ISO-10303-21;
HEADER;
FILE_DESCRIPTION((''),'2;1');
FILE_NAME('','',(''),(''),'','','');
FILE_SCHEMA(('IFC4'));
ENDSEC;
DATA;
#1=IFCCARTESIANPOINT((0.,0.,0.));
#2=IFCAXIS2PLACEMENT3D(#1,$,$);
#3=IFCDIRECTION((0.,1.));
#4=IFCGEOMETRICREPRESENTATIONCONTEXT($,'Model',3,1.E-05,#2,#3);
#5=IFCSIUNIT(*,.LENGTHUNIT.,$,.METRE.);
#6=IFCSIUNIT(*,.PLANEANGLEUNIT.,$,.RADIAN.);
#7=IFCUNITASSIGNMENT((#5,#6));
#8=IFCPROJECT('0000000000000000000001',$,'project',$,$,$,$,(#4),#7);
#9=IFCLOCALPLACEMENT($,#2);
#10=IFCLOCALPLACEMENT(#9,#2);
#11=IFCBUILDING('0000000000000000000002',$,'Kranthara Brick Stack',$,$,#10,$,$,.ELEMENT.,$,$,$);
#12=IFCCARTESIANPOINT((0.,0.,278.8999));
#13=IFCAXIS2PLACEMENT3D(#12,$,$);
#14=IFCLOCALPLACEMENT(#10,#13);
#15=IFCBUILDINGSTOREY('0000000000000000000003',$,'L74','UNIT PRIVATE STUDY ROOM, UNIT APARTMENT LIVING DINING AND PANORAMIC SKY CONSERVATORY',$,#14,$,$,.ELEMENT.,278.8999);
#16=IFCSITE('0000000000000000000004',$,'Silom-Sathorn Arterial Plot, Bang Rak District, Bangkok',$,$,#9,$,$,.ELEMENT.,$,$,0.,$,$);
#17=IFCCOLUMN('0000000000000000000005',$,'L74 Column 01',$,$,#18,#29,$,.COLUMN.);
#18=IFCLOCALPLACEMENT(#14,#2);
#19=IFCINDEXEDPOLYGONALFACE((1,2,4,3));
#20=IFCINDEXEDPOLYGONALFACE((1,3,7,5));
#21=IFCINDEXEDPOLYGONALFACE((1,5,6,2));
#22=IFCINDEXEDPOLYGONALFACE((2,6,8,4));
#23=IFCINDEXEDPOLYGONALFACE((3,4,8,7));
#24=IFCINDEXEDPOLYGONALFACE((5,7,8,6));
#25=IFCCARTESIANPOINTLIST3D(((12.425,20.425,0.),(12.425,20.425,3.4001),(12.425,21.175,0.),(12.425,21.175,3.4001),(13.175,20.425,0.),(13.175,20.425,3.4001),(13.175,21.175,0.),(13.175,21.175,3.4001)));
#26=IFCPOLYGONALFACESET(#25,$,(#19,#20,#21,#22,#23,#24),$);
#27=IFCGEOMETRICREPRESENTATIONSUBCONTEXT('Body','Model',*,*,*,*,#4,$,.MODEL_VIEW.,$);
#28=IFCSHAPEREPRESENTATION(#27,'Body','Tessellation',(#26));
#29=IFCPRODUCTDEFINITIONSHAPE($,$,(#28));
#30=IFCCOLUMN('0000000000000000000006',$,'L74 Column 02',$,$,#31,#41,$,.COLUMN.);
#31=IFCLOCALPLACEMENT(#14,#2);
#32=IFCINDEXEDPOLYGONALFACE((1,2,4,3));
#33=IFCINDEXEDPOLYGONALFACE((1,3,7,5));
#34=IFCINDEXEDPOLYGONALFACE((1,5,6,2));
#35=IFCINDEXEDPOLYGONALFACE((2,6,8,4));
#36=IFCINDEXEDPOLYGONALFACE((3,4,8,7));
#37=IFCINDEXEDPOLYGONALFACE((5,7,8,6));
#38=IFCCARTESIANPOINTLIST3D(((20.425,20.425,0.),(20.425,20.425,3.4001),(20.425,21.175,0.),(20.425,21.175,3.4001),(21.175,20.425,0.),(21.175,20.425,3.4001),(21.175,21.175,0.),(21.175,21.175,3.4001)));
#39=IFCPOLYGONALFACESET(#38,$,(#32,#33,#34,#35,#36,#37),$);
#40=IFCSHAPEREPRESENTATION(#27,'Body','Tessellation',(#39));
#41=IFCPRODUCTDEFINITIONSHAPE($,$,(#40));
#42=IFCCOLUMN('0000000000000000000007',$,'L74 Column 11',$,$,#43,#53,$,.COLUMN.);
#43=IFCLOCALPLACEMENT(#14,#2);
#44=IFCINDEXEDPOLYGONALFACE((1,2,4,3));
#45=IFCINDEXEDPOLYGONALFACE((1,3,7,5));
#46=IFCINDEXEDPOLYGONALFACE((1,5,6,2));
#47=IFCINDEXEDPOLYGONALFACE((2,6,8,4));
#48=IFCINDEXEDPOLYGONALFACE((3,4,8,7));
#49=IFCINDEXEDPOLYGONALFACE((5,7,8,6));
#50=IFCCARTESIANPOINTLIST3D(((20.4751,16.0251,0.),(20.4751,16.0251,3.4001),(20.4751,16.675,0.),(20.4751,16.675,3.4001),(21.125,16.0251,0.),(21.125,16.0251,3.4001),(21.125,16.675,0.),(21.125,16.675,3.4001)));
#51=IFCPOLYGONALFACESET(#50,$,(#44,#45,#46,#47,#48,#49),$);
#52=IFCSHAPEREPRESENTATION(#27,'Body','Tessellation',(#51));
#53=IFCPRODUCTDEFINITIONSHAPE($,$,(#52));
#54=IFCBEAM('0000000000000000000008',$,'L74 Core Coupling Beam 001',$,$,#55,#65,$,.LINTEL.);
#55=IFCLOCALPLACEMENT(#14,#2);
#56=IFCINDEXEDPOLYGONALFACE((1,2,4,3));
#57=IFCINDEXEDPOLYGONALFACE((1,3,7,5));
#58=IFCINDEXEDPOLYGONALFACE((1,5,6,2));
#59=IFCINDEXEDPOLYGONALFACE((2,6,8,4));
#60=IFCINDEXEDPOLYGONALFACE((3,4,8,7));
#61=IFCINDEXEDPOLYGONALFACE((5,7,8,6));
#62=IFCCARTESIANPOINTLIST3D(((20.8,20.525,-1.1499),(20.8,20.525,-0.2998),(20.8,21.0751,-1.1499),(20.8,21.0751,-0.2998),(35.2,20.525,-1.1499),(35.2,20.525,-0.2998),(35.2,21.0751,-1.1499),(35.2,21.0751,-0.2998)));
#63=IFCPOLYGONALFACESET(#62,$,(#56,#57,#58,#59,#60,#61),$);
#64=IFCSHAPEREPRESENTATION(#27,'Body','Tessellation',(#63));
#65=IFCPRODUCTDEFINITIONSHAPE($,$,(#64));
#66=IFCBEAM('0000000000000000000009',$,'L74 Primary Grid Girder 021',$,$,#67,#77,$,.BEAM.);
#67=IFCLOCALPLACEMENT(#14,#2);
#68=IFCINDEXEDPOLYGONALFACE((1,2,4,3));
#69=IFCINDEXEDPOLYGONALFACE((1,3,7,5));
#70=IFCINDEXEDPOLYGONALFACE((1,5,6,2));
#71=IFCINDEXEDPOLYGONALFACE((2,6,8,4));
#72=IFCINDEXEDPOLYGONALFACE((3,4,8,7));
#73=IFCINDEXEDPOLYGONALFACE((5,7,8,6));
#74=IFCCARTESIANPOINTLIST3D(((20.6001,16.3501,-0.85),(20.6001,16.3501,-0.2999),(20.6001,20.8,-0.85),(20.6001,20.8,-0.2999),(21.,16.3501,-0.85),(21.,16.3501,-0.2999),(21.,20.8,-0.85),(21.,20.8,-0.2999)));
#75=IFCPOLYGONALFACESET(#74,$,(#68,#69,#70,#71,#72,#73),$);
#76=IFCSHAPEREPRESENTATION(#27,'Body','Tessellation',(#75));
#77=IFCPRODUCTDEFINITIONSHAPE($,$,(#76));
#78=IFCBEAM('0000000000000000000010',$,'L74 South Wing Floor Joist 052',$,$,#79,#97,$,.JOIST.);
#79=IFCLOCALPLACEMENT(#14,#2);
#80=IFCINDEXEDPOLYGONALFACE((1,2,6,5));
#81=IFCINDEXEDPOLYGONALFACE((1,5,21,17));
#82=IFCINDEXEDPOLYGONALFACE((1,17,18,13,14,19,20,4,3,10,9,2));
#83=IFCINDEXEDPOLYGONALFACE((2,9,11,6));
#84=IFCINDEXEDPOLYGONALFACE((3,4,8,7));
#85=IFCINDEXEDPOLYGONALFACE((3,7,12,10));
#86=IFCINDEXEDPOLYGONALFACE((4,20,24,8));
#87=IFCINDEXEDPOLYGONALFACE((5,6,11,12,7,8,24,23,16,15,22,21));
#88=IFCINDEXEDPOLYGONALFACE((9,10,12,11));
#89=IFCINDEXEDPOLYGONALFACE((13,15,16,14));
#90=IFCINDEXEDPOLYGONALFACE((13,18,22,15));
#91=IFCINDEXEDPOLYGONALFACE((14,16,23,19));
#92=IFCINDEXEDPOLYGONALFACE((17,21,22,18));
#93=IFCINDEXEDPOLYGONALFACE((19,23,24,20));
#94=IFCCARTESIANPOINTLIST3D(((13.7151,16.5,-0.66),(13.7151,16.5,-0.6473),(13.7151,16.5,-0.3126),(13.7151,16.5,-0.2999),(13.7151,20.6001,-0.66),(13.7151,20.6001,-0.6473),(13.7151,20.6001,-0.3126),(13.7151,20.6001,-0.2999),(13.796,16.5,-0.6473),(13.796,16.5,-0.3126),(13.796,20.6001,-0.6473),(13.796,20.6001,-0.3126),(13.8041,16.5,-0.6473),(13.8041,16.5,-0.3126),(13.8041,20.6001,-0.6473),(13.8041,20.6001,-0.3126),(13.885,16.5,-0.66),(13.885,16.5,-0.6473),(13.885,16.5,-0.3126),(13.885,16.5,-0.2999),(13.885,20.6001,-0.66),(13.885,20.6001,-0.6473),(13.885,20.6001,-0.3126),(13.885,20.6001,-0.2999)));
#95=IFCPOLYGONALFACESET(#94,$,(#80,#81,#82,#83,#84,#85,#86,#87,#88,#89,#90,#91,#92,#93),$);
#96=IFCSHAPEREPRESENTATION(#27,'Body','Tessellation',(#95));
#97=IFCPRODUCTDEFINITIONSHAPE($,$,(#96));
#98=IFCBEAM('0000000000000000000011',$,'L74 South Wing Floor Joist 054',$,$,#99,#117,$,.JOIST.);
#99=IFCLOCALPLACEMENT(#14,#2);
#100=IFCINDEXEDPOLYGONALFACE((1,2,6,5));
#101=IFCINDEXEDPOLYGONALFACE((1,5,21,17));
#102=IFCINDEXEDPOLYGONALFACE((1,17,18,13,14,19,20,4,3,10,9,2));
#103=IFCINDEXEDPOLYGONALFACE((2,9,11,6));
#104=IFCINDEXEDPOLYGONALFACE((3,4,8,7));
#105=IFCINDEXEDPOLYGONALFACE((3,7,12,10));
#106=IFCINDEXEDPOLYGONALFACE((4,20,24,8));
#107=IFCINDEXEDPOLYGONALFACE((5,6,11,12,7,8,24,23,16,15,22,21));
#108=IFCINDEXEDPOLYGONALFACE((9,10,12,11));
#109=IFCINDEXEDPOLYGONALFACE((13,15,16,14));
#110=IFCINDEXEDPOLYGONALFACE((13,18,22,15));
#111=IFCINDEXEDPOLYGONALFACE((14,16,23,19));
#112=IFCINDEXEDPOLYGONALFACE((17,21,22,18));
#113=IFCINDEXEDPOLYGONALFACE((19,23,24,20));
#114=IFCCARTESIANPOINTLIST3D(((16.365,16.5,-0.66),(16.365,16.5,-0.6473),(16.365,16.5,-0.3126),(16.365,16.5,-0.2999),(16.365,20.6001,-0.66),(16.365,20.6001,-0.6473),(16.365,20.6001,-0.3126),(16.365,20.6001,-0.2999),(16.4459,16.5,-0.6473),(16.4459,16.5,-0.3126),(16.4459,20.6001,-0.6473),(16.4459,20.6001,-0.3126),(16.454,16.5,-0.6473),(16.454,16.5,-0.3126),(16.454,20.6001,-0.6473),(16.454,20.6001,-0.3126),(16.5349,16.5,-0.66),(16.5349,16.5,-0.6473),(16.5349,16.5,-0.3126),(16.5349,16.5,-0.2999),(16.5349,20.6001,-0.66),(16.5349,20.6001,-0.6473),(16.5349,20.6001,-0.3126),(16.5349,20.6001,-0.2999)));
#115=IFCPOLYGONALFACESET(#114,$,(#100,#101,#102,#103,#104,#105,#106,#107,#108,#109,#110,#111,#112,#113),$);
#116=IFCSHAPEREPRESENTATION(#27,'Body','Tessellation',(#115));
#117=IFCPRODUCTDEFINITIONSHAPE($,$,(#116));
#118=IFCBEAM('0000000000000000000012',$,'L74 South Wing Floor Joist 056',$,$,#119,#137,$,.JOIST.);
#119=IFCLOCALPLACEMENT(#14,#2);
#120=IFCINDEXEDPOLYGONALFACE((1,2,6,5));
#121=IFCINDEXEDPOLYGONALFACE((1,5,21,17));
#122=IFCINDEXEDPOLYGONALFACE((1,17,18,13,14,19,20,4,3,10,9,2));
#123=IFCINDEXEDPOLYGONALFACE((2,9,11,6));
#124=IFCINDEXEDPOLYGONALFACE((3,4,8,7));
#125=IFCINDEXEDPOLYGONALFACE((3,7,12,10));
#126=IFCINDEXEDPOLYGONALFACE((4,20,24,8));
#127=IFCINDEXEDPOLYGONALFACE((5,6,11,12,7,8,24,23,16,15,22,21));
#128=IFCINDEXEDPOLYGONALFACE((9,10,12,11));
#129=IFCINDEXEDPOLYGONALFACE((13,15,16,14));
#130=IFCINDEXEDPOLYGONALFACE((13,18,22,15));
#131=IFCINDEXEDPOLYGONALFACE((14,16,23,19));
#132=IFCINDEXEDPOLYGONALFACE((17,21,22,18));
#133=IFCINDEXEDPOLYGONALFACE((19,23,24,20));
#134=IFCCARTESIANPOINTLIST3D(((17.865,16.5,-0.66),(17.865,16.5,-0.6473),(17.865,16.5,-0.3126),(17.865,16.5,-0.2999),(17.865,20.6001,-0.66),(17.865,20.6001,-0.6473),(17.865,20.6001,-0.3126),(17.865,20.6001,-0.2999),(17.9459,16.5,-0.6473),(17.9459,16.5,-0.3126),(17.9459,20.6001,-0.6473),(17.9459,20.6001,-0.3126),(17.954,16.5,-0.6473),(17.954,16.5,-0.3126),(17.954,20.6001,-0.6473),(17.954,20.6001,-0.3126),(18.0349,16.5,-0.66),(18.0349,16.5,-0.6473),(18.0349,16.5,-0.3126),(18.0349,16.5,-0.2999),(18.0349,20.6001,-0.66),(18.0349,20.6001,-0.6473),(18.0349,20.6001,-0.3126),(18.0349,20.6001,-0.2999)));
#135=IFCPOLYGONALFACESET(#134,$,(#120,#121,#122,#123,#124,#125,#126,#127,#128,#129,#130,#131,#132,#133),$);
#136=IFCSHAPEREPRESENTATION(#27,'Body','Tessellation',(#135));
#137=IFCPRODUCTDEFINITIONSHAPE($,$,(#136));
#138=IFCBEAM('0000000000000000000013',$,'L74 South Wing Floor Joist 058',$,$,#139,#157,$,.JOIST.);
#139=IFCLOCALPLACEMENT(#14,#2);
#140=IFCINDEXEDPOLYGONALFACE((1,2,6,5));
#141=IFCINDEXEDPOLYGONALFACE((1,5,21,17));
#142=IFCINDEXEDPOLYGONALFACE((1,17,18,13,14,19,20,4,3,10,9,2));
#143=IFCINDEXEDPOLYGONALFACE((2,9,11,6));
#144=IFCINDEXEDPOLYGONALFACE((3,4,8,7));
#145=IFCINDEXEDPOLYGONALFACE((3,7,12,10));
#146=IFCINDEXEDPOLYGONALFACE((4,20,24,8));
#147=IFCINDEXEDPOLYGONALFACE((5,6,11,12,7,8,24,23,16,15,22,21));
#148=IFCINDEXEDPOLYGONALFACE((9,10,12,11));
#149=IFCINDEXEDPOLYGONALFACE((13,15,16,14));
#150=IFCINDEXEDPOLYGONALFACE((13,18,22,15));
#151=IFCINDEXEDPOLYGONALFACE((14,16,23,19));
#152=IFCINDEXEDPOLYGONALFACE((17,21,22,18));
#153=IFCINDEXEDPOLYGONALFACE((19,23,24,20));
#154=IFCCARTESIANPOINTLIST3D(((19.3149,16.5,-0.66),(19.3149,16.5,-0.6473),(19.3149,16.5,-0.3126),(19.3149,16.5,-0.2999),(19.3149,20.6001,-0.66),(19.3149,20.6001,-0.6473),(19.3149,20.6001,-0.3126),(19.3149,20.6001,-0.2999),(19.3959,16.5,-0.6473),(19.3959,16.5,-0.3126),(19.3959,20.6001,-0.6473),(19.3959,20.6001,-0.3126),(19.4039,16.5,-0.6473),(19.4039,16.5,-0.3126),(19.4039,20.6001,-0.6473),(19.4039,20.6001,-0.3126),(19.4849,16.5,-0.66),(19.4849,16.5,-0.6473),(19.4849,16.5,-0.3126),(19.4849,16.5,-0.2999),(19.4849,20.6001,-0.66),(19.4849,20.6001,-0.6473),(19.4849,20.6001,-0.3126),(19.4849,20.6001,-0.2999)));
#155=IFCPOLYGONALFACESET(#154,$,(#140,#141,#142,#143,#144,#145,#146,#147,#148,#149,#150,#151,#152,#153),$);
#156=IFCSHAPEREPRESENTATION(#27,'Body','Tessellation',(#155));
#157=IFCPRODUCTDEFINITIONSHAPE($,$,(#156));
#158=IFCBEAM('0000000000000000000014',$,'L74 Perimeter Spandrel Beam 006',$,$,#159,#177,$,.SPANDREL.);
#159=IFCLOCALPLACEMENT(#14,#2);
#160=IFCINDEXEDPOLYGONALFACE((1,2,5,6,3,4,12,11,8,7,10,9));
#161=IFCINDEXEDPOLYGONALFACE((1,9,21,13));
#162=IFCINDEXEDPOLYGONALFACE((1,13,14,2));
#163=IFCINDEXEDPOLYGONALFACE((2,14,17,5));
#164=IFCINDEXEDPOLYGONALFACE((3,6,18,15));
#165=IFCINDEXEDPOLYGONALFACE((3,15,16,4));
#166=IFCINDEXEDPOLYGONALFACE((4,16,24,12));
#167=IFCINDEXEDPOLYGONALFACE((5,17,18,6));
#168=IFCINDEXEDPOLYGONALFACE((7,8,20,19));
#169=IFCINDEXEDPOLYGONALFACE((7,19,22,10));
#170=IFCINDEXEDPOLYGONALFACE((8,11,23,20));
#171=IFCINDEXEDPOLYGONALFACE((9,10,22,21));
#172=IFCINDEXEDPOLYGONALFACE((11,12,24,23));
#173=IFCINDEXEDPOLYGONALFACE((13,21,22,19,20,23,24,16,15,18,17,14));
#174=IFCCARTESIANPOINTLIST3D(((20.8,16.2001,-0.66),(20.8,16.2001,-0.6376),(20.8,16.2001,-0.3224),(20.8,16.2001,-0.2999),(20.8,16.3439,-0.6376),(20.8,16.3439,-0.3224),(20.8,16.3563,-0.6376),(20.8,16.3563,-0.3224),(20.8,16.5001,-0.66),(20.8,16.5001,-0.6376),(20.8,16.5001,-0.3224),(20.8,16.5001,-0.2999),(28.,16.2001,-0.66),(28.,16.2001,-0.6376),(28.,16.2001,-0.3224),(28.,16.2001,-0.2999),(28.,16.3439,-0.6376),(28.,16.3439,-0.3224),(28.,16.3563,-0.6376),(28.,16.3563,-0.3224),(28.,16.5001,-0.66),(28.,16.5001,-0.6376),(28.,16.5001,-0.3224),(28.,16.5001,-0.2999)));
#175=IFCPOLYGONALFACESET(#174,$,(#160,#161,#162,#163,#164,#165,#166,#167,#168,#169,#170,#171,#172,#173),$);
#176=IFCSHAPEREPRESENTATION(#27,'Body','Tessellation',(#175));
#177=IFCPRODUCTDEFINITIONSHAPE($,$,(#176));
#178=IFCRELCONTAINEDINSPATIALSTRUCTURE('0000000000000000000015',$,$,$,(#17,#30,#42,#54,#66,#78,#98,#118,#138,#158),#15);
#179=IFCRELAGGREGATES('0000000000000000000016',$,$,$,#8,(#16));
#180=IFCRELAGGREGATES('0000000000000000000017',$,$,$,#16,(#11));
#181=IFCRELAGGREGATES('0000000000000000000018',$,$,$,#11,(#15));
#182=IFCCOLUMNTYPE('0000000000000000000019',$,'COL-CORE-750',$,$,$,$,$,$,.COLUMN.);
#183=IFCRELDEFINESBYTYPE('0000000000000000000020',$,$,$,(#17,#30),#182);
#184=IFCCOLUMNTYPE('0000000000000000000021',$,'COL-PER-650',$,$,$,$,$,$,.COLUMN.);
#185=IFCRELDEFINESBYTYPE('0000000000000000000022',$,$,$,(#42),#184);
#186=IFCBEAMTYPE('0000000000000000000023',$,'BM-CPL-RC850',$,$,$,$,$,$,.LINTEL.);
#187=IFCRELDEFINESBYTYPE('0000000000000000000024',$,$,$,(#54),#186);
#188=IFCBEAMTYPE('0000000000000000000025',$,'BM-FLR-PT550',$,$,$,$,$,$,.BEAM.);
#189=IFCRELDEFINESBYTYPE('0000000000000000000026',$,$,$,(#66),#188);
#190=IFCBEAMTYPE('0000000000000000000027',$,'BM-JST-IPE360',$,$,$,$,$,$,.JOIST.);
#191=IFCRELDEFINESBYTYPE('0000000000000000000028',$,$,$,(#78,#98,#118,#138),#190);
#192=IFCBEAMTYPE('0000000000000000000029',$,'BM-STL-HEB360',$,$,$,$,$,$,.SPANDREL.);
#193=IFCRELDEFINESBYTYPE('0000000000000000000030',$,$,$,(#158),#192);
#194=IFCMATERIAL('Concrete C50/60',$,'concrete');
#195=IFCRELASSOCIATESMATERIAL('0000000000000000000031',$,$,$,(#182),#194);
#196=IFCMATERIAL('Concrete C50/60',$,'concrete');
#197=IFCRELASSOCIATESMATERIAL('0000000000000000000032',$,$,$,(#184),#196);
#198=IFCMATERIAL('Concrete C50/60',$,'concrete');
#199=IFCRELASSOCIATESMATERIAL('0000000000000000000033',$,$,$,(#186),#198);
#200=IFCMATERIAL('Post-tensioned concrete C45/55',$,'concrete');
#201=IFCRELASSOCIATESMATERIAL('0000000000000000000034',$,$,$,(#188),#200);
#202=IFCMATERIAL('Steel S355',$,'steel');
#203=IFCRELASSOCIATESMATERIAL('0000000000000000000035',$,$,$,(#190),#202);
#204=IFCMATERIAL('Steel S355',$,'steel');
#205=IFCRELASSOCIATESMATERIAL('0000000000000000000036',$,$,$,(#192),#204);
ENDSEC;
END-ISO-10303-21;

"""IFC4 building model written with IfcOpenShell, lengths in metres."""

from ifc_helpers import new_model, si_unit, direction, frame, origin, origin_2d, place, context, subcontext, project, spatial, rectangle, i_section, extrude, material, material_profile, profile_set, type_object, element, save


model = new_model("IFC4")

# Units and contexts
model_context = context("Model", 3, precision=1e-05, world=origin(), true_north=direction((0.0, 1.0)))
body_context = subcontext(model_context, "Body", "Model", "MODEL_VIEW")
ifc_project = project(units=[si_unit("LENGTHUNIT", "METRE"), si_unit("PLANEANGLEUNIT", "RADIAN")], contexts=[model_context])

# Site, building, storey
site_placement = place(None, origin())
site = spatial("IfcSite", under=ifc_project, at=site_placement, Name="Silom-Sathorn Arterial Plot, Bang Rak District, Bangkok", CompositionType="ELEMENT", RefElevation=0.0)
building_placement = place(site_placement, origin())
building = spatial("IfcBuilding", under=site, at=building_placement, Name="Kranthara Brick Stack", CompositionType="ELEMENT")
storey_placement = place(building_placement, frame((0.0, 0.0, 278.8999)))
storey = spatial("IfcBuildingStorey", under=building, at=storey_placement, Name="L74", Description="UNIT PRIVATE STUDY ROOM, UNIT APARTMENT LIVING DINING AND PANORAMIC SKY CONSERVATORY", CompositionType="ELEMENT", Elevation=278.8999)

# Columns
ifc_material_1 = material(Name="Concrete C50/60", Category="concrete")
ifc_material_profile_1 = material_profile(ifc_material_1, rectangle(XDim=0.75, YDim=0.75, at=origin_2d()), Name="RC 750x750")
ifc_profile_set_1 = profile_set([ifc_material_profile_1], Name="Concrete C50/60")
column_type_1 = type_object("IfcColumnType", Name="COL-CORE-750", PredefinedType="COLUMN", material=ifc_profile_set_1)
for number, where, z_axis, x_axis, name in (
    (1, (12.8, 20.8, 0.0), (0.0, 0.0, 1.0), (1.0, 0.0, 0.0), "L74 Column 01"),
    (2, (20.8, 20.8, 0.0), (0.0, 0.0, 1.0), (1.0, 0.0, 0.0), "L74 Column 02"),
):
    element("IfcColumn", number, at=place(storey_placement, frame(where, z_axis=z_axis, x_axis=x_axis)), inside=storey, type_object=column_type_1, Name=name, PredefinedType="COLUMN", context=body_context, shape_type="SweptSolid", body=[
        extrude(rectangle(XDim=0.75, YDim=0.75, at=origin_2d()), origin(), (0.0, 0.0, 1.0), 3.4001),
    ])
ifc_material_2 = material(Name="Concrete C50/60", Category="concrete")
ifc_material_profile_2 = material_profile(ifc_material_2, rectangle(XDim=0.6499, YDim=0.6499, at=origin_2d()), Name="RC 650x650")
ifc_profile_set_2 = profile_set([ifc_material_profile_2], Name="Concrete C50/60")
column_type_2 = type_object("IfcColumnType", Name="COL-PER-650", PredefinedType="COLUMN", material=ifc_profile_set_2)
column_placement = place(storey_placement, frame((20.8, 16.3501, 0.0), z_axis=(0.0, 0.0, 1.0), x_axis=(1.0, 0.0, 0.0)))
element("IfcColumn", 3, at=column_placement, inside=storey, type_object=column_type_2, Name="L74 Column 11", PredefinedType="COLUMN", context=body_context, shape_type="SweptSolid", body=[
    extrude(rectangle(XDim=0.6499, YDim=0.6499, at=origin_2d()), origin(), (0.0, 0.0, 1.0), 3.4001),
])

# Beams
ifc_material_3 = material(Name="Concrete C50/60", Category="concrete")
ifc_material_profile_3 = material_profile(ifc_material_3, rectangle(XDim=0.55, YDim=0.8501, at=origin_2d()), Name="RC 550x850")
ifc_profile_set_3 = profile_set([ifc_material_profile_3], Name="Concrete C50/60")
beam_type_1 = type_object("IfcBeamType", Name="BM-CPL-RC850", PredefinedType="LINTEL", material=ifc_profile_set_3)
beam_1_placement = place(storey_placement, frame((20.8, 20.8, -0.7249), z_axis=(1.0, 0.0, 0.0), x_axis=(0.0, 1.0, 0.0)))
element("IfcBeam", 4, at=beam_1_placement, inside=storey, type_object=beam_type_1, Name="L74 Core Coupling Beam 001", PredefinedType="LINTEL", context=body_context, shape_type="SweptSolid", body=[
    extrude(rectangle(XDim=0.55, YDim=0.8501, at=origin_2d()), origin(), (0.0, 0.0, 1.0), 14.3999),
])
ifc_material_4 = material(Name="Post-tensioned concrete C45/55", Category="concrete")
ifc_material_profile_4 = material_profile(ifc_material_4, rectangle(XDim=0.3999, YDim=0.55, at=origin_2d()), Name="PT 400x550")
ifc_profile_set_4 = profile_set([ifc_material_profile_4], Name="Post-tensioned concrete C45/55")
beam_type_2 = type_object("IfcBeamType", Name="BM-FLR-PT550", PredefinedType="BEAM", material=ifc_profile_set_4)
beam_2_placement = place(storey_placement, frame((20.8, 16.3501, -0.575), z_axis=(0.0, 1.0, 0.0), x_axis=(-1.0, 0.0, 0.0)))
element("IfcBeam", 5, at=beam_2_placement, inside=storey, type_object=beam_type_2, Name="L74 Primary Grid Girder 021", PredefinedType="BEAM", context=body_context, shape_type="SweptSolid", body=[
    extrude(rectangle(XDim=0.3999, YDim=0.55, at=origin_2d()), origin(), (0.0, 0.0, 1.0), 4.45),
])
ifc_material_5 = material(Name="Steel S355", Category="steel")
ifc_material_profile_5 = material_profile(ifc_material_5, i_section(OverallWidth=0.1699, OverallDepth=0.3601, WebThickness=0.0081, FlangeThickness=0.0127, at=origin_2d()), Name="IPE 360")
ifc_profile_set_5 = profile_set([ifc_material_profile_5], Name="Steel S355")
beam_type_3 = type_object("IfcBeamType", Name="BM-JST-IPE360", PredefinedType="JOIST", material=ifc_profile_set_5)
for number, where, z_axis, x_axis, name in (
    (6, (13.8, 16.5, -0.48), (0.0, 1.0, 0.0), (-1.0, 0.0, 0.0), "L74 South Wing Floor Joist 052"),
    (7, (16.45, 16.5, -0.48), (0.0, 1.0, 0.0), (-1.0, 0.0, 0.0), "L74 South Wing Floor Joist 054"),
    (8, (17.95, 16.5, -0.48), (0.0, 1.0, 0.0), (-1.0, 0.0, 0.0), "L74 South Wing Floor Joist 056"),
    (9, (19.3999, 16.5, -0.48), (0.0, 1.0, 0.0), (-1.0, 0.0, 0.0), "L74 South Wing Floor Joist 058"),
):
    element("IfcBeam", number, at=place(storey_placement, frame(where, z_axis=z_axis, x_axis=x_axis)), inside=storey, type_object=beam_type_3, Name=name, PredefinedType="JOIST", context=body_context, shape_type="SweptSolid", body=[
        extrude(i_section(OverallWidth=0.1699, OverallDepth=0.3601, WebThickness=0.0081, FlangeThickness=0.0127, at=origin_2d()), origin(), (0.0, 0.0, 1.0), 4.1001),
    ])
ifc_material_6 = material(Name="Steel S355", Category="steel")
ifc_material_profile_6 = material_profile(ifc_material_6, i_section(OverallWidth=0.3, OverallDepth=0.3601, WebThickness=0.0125, FlangeThickness=0.0225, at=origin_2d()), Name="HEB 360")
ifc_profile_set_6 = profile_set([ifc_material_profile_6], Name="Steel S355")
beam_type_4 = type_object("IfcBeamType", Name="BM-STL-HEB360", PredefinedType="SPANDREL", material=ifc_profile_set_6)
beam_3_placement = place(storey_placement, frame((20.8, 16.3501, -0.48), z_axis=(1.0, 0.0, 0.0), x_axis=(0.0, 1.0, 0.0)))
element("IfcBeam", 10, at=beam_3_placement, inside=storey, type_object=beam_type_4, Name="L74 Perimeter Spandrel Beam 006", PredefinedType="SPANDREL", context=body_context, shape_type="SweptSolid", body=[
    extrude(i_section(OverallWidth=0.3, OverallDepth=0.3601, WebThickness=0.0125, FlangeThickness=0.0225, at=origin_2d()), origin(), (0.0, 0.0, 1.0), 7.2),
])

save(model, "model.ifc")
